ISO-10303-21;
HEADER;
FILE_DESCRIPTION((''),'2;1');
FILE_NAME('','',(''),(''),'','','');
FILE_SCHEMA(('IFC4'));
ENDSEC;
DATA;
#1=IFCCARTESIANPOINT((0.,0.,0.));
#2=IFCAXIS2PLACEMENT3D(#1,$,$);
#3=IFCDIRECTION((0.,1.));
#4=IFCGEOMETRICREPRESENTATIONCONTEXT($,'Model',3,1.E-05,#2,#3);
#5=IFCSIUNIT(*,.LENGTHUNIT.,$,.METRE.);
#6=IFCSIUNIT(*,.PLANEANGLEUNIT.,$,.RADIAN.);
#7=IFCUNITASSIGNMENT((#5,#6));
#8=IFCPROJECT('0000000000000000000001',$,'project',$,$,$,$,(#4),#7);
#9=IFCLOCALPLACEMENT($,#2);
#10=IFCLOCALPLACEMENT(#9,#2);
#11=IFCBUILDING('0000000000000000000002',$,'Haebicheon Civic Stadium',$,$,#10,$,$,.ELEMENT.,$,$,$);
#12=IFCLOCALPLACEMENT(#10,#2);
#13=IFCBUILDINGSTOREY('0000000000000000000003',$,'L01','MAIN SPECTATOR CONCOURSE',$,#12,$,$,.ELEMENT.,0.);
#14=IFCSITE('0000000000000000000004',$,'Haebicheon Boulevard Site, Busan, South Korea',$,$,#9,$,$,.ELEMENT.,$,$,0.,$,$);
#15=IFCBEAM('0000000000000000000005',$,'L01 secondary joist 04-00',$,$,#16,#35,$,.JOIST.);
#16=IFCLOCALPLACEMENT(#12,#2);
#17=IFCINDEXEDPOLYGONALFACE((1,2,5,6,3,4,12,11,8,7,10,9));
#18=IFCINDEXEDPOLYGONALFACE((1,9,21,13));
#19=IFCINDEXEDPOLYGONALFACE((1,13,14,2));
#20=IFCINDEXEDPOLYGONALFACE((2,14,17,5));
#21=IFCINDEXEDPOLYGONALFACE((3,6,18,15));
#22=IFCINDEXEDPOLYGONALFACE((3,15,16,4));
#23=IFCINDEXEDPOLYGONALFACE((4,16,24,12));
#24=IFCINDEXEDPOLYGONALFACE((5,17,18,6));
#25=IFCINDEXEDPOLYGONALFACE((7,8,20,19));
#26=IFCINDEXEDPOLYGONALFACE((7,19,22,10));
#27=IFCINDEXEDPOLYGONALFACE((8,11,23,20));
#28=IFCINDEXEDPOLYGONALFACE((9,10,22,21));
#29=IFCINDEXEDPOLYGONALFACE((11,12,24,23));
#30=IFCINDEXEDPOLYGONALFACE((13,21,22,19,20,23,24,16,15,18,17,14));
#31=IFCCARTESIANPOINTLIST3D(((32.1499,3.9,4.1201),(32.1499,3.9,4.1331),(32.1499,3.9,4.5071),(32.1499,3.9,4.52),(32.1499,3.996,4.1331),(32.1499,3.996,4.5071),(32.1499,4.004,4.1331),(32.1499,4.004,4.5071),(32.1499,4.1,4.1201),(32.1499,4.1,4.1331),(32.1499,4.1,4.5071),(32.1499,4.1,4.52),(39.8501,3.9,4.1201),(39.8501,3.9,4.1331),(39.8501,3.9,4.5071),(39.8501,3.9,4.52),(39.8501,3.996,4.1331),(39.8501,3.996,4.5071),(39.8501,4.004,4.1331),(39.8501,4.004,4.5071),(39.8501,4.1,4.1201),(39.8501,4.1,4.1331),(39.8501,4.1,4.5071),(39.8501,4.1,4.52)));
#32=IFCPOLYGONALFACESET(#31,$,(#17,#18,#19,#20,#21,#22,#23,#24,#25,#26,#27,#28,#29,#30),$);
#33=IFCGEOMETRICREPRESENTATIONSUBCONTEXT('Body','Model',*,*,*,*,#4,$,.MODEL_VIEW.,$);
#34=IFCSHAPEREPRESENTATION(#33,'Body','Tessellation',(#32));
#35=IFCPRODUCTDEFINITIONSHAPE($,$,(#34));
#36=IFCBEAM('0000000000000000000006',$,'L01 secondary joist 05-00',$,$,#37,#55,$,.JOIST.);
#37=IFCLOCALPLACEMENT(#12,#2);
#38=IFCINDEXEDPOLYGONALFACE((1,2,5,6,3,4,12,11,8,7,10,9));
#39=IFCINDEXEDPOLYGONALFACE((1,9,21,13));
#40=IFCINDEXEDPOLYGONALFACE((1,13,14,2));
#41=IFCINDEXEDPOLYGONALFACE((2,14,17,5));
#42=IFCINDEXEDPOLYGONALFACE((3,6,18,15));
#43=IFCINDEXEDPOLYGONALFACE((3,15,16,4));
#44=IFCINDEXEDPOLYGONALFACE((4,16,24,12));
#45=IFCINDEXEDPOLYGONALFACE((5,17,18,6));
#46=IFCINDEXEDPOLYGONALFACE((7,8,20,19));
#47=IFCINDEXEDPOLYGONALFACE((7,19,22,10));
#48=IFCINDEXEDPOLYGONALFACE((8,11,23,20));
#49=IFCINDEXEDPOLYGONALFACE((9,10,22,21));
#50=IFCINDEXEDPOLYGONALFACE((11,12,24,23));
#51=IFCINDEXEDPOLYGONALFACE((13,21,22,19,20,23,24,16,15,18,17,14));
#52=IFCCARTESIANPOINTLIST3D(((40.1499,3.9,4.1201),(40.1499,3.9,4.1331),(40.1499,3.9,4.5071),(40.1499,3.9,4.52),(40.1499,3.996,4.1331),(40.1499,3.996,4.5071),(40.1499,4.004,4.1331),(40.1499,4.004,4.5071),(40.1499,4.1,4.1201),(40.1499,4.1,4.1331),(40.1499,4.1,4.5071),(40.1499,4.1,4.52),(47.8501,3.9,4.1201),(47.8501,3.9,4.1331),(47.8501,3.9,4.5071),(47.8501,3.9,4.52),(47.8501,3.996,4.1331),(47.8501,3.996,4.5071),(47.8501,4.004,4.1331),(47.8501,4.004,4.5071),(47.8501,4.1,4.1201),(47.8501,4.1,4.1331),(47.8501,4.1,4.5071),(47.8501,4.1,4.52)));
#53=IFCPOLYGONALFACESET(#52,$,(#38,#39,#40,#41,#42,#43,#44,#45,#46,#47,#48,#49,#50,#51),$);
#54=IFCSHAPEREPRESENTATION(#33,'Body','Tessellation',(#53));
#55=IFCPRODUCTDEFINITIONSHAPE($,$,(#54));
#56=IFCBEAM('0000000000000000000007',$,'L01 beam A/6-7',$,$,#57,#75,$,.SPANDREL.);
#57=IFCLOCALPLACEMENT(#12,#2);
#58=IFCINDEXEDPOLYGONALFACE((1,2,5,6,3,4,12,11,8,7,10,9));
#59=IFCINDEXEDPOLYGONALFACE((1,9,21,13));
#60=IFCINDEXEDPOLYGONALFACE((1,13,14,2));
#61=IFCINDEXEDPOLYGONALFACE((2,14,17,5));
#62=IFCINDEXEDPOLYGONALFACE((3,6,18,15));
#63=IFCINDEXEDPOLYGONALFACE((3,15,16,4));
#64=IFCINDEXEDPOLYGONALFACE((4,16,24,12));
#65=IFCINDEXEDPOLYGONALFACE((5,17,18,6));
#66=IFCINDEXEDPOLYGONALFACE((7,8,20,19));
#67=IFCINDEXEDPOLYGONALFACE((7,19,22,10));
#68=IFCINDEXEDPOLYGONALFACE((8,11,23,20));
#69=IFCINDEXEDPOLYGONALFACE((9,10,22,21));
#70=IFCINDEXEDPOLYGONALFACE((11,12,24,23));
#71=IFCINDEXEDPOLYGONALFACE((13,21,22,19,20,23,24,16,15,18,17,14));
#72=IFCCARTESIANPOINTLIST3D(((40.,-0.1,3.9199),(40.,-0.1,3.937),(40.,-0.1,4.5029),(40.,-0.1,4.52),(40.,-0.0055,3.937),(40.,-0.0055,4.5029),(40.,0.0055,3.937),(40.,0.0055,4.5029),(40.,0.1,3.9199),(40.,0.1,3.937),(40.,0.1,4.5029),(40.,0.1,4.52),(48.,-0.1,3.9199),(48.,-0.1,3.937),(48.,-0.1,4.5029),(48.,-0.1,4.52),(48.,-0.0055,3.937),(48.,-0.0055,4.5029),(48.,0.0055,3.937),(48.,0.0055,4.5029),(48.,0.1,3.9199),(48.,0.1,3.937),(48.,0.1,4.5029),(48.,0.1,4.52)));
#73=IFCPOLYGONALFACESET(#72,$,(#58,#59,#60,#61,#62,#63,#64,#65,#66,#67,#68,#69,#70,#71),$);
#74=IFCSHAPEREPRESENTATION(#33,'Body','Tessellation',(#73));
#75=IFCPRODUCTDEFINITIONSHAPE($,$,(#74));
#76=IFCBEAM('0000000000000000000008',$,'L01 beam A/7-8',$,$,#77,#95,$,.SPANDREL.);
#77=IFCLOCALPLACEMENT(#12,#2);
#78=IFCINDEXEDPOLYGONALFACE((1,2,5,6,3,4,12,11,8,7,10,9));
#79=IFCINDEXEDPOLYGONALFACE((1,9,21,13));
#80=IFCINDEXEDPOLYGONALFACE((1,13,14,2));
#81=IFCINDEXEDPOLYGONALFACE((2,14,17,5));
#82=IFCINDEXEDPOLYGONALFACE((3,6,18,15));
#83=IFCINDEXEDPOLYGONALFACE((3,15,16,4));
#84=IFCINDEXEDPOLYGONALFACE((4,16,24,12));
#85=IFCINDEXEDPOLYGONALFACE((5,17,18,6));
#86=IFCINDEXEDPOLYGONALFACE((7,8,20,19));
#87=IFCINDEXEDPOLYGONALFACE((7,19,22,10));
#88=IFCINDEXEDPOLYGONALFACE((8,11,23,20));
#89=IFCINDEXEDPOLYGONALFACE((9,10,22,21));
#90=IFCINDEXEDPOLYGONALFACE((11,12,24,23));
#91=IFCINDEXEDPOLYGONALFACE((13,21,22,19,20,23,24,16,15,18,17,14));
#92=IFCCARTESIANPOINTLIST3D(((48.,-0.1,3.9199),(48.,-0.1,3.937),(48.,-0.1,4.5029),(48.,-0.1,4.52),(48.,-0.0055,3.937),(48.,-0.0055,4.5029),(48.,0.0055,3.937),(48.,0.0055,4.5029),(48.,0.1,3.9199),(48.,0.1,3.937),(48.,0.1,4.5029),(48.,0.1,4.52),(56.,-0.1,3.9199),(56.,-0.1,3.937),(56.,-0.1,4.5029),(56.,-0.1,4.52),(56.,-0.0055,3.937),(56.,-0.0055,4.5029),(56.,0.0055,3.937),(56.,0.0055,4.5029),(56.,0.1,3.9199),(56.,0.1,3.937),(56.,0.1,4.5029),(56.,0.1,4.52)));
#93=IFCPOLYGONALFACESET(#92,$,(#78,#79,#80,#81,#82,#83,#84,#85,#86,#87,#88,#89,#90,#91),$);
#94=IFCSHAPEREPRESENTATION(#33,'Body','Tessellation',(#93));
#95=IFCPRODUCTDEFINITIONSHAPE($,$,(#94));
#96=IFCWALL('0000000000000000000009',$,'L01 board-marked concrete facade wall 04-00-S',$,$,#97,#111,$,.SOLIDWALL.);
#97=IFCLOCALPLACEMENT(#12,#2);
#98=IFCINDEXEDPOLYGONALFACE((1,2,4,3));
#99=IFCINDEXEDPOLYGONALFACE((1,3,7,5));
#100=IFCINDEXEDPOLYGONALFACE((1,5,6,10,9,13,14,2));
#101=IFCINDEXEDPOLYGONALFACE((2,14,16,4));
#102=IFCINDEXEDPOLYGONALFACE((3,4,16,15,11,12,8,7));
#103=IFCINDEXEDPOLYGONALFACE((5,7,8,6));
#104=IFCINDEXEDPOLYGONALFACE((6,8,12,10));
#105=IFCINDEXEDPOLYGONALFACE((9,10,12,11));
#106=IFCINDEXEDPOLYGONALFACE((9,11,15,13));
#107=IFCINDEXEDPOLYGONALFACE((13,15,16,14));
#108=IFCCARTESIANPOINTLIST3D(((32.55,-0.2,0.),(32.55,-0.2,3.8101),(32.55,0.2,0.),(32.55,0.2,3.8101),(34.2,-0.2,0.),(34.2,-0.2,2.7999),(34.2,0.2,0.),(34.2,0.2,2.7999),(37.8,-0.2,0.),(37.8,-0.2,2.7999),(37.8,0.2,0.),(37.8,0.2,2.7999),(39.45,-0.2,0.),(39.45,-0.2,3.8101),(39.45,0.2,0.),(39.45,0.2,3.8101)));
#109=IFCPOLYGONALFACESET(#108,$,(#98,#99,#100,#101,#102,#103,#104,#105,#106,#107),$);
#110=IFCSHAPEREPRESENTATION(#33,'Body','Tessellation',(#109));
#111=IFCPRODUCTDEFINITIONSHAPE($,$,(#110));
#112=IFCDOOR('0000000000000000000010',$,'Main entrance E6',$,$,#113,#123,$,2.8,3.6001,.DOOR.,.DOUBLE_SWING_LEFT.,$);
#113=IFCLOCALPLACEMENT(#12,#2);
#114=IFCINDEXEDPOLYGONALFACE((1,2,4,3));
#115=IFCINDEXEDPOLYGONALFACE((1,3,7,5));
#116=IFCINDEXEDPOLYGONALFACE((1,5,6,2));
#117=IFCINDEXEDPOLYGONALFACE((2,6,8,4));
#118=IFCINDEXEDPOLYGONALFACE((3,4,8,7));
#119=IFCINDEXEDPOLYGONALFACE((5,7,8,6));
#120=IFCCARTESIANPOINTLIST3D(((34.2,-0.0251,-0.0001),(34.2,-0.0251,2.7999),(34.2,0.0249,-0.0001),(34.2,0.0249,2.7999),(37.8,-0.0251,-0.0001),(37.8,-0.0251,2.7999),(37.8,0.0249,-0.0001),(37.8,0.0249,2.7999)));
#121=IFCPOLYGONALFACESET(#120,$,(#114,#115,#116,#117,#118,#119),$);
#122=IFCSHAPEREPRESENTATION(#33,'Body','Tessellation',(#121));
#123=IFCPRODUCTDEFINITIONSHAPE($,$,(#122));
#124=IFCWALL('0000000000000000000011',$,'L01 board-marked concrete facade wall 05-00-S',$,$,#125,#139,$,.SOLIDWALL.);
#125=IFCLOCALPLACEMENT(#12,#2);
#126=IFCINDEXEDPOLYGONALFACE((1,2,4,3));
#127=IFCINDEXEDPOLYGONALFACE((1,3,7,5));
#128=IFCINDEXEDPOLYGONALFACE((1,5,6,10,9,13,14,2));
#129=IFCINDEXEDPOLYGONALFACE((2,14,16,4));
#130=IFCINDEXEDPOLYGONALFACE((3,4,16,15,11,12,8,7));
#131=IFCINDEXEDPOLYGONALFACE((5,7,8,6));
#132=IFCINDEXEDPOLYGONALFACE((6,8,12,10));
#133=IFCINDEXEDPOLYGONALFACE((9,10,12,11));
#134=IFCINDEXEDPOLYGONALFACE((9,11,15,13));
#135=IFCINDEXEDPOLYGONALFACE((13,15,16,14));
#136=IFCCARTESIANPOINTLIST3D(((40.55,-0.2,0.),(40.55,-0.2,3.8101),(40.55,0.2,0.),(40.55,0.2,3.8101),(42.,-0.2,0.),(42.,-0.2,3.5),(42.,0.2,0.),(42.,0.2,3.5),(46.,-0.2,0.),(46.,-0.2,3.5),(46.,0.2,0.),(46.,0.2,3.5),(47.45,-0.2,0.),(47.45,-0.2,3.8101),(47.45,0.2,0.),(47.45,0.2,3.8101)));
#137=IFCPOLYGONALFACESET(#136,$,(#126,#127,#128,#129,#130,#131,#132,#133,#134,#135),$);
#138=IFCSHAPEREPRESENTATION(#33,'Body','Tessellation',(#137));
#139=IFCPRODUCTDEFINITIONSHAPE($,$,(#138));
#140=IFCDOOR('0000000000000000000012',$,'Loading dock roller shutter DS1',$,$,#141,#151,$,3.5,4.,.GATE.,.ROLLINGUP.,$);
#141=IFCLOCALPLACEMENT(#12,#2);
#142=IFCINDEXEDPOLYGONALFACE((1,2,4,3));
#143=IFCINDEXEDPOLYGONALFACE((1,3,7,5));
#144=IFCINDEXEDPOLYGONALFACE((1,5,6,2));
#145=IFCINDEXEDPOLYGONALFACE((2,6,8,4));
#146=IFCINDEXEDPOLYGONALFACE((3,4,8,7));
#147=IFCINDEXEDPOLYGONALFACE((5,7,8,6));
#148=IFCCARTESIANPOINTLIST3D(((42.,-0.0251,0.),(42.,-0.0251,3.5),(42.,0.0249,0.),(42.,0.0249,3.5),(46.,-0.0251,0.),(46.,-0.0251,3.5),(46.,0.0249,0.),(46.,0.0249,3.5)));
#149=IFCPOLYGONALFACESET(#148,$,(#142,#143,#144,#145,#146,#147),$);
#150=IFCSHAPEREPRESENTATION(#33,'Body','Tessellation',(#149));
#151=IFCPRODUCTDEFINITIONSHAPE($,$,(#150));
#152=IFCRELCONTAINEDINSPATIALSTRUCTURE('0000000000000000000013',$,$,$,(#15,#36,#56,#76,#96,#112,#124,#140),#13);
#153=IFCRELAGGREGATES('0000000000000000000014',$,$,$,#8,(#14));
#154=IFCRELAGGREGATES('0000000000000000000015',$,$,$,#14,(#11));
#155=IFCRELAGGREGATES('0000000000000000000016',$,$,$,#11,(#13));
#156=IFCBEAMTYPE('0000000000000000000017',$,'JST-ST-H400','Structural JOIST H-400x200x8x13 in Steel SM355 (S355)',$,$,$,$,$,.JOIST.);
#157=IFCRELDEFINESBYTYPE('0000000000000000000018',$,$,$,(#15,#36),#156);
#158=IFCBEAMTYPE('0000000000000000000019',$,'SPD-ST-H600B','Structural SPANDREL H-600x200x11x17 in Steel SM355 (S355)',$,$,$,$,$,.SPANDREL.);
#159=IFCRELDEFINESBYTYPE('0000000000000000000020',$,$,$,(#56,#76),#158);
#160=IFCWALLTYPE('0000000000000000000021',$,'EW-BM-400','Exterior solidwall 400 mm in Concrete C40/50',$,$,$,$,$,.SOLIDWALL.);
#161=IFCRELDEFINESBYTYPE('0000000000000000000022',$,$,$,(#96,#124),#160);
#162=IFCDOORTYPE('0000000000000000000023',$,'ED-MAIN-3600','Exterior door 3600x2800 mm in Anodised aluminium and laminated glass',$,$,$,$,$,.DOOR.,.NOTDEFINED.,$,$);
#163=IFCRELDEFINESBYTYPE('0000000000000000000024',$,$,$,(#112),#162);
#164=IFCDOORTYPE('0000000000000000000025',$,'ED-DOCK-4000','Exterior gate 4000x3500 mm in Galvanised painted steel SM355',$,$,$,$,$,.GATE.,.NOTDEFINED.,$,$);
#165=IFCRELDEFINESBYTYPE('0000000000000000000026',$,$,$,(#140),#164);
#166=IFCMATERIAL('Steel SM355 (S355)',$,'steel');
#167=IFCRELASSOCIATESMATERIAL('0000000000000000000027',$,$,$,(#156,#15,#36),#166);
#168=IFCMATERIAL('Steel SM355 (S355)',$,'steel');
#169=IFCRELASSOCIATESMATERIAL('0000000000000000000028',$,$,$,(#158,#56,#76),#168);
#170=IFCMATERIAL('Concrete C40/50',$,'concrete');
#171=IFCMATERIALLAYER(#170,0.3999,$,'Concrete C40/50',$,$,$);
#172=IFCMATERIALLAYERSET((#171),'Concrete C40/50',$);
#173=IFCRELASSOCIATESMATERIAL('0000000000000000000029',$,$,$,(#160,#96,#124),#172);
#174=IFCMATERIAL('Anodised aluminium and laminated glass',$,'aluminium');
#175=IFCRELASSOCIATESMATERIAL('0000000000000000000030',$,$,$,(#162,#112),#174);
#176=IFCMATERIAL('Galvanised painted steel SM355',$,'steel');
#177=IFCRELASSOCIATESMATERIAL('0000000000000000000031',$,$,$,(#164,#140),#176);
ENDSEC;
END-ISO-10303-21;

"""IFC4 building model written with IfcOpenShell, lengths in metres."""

from ifc_helpers import new_model, si_unit, direction, frame, frame_2d, origin, origin_2d, place, context, subcontext, project, spatial, rectangle, i_section, extrude, material, layer, layer_set, material_profile, profile_set, type_object, element, fill, save


model = new_model("IFC4")

# Units and contexts
model_context = context("Model", 3, precision=1e-05, world=origin(), true_north=direction((0.0, 1.0)))
body_context = subcontext(model_context, "Body", "Model", "MODEL_VIEW")
ifc_project = project(units=[si_unit("LENGTHUNIT", "METRE"), si_unit("PLANEANGLEUNIT", "RADIAN")], contexts=[model_context])

# Site, building, storey
site_placement = place(None, origin())
site = spatial("IfcSite", under=ifc_project, at=site_placement, Name="Haebicheon Boulevard Site, Busan, South Korea", CompositionType="ELEMENT", RefElevation=0.0)
building_placement = place(site_placement, origin())
building = spatial("IfcBuilding", under=site, at=building_placement, Name="Haebicheon Civic Stadium", CompositionType="ELEMENT")
storey_placement = place(building_placement, origin())
storey = spatial("IfcBuildingStorey", under=building, at=storey_placement, Name="L01", Description="MAIN SPECTATOR CONCOURSE", CompositionType="ELEMENT", Elevation=0.0)

# Beams
ifc_material_1 = material(Name="Steel SM355 (S355)", Category="steel")
ifc_material_profile_1 = material_profile(ifc_material_1, i_section(OverallWidth=0.2, OverallDepth=0.3999, WebThickness=0.0081, FlangeThickness=0.0129, at=origin_2d()), Name="H-400x200x8x13")
ifc_profile_set_1 = profile_set([ifc_material_profile_1], Name="Steel SM355 (S355)")
beam_type_1 = type_object("IfcBeamType", Name="JST-ST-H400", Description="Structural JOIST H-400x200x8x13 in Steel SM355 (S355)", PredefinedType="JOIST", material=ifc_profile_set_1)
for number, where, z_axis, x_axis, name in (
    (1, (32.1499, 4.0, 4.3201), (1.0, 0.0, 0.0), (0.0, 1.0, 0.0), "L01 secondary joist 04-00"),
    (2, (40.1499, 4.0, 4.3201), (1.0, 0.0, 0.0), (0.0, 1.0, 0.0), "L01 secondary joist 05-00"),
):
    element("IfcBeam", number, at=place(storey_placement, frame(where, z_axis=z_axis, x_axis=x_axis)), inside=storey, type_object=beam_type_1, material=ifc_profile_set_1, Name=name, PredefinedType="JOIST", context=body_context, shape_type="SweptSolid", body=[
        extrude(i_section(OverallWidth=0.2, OverallDepth=0.3999, WebThickness=0.0081, FlangeThickness=0.0129, at=origin_2d()), origin(), (0.0, 0.0, 1.0), 7.7002),
    ])
ifc_material_2 = material(Name="Steel SM355 (S355)", Category="steel")
ifc_material_profile_2 = material_profile(ifc_material_2, i_section(OverallWidth=0.2, OverallDepth=0.6001, WebThickness=0.011, FlangeThickness=0.0171, at=origin_2d()), Name="H-600x200x11x17")
ifc_profile_set_2 = profile_set([ifc_material_profile_2], Name="Steel SM355 (S355)")
beam_type_2 = type_object("IfcBeamType", Name="SPD-ST-H600B", Description="Structural SPANDREL H-600x200x11x17 in Steel SM355 (S355)", PredefinedType="SPANDREL", material=ifc_profile_set_2)
for number, where, z_axis, x_axis, name in (
    (3, (40.0, 0.0, 4.22), (1.0, 0.0, 0.0), (0.0, 1.0, 0.0), "L01 beam A/6-7"),
    (4, (48.0, 0.0, 4.22), (1.0, 0.0, 0.0), (0.0, 1.0, 0.0), "L01 beam A/7-8"),
):
    element("IfcBeam", number, at=place(storey_placement, frame(where, z_axis=z_axis, x_axis=x_axis)), inside=storey, type_object=beam_type_2, material=ifc_profile_set_2, Name=name, PredefinedType="SPANDREL", context=body_context, shape_type="SweptSolid", body=[
        extrude(i_section(OverallWidth=0.2, OverallDepth=0.6001, WebThickness=0.011, FlangeThickness=0.0171, at=origin_2d()), origin(), (0.0, 0.0, 1.0), 8.0),
    ])

# Walls, openings, doors
ifc_material_3 = material(Name="Concrete C40/50", Category="concrete")
ifc_layer_1 = layer(ifc_material_3, 0.3999, Name="Concrete C40/50")
ifc_layer_set_1 = layer_set([ifc_layer_1], Name="Concrete C40/50")
wall_type_1 = type_object("IfcWallType", Name="EW-BM-400", Description="Exterior solidwall 400 mm in Concrete C40/50", PredefinedType="SOLIDWALL", material=ifc_layer_set_1)
wall_1_placement = place(storey_placement, frame((32.55, 0.0, 0.0), z_axis=(0.0, 0.0, 1.0), x_axis=(1.0, 0.0, 0.0)))
wall_1 = element("IfcWall", 5, at=wall_1_placement, inside=storey, type_object=wall_type_1, material=ifc_layer_set_1, Name="L01 board-marked concrete facade wall 04-00-S", PredefinedType="SOLIDWALL", context=body_context, shape_type="SweptSolid", body=[
    extrude(rectangle(XDim=6.8999, YDim=0.3999, at=frame_2d((3.45, 0.0))), origin(), (0.0, 0.0, 1.0), 3.8101),
])
opening_1_placement = place(wall_1_placement, frame((1.6499, 0.0, 0.0)))
opening_1 = element("IfcOpeningElement", 6, at=opening_1_placement, cuts=wall_1, PredefinedType="OPENING", context=body_context, shape_type="SweptSolid", body=[
    extrude(rectangle(XDim=3.6001, YDim=2.8, at=frame_2d((1.8, 1.3999))), frame((0.0, 0.21, 0.0), z_axis=(0.0, -1.0, 0.0), x_axis=(1.0, 0.0, 0.0)), (0.0, 0.0, 1.0), 0.4199),
])
ifc_material_4 = material(Name="Anodised aluminium and laminated glass", Category="aluminium")
door_type_1 = type_object("IfcDoorType", Name="ED-MAIN-3600", Description="Exterior door 3600x2800 mm in Anodised aluminium and laminated glass", OperationType="NOTDEFINED", PredefinedType="DOOR", material=ifc_material_4)
door_1_placement = place(opening_1_placement, origin())
door_1 = element("IfcDoor", 7, at=door_1_placement, inside=storey, type_object=door_type_1, material=ifc_material_4, Name="Main entrance E6", OperationType="DOUBLE_SWING_LEFT", OverallHeight=2.8, OverallWidth=3.6001, PredefinedType="DOOR", context=body_context, shape_type="SweptSolid", body=[
    extrude(rectangle(XDim=3.6001, YDim=2.8, at=frame_2d((1.8, 1.3999))), frame((0.0, 0.0249, 0.0), z_axis=(0.0, -1.0, 0.0), x_axis=(1.0, 0.0, 0.0)), (0.0, 0.0, 1.0), 0.05),
])
fill(opening_1, door_1)
wall_2_placement = place(storey_placement, frame((40.55, 0.0, 0.0), z_axis=(0.0, 0.0, 1.0), x_axis=(1.0, 0.0, 0.0)))
wall_2 = element("IfcWall", 8, at=wall_2_placement, inside=storey, type_object=wall_type_1, material=ifc_layer_set_1, Name="L01 board-marked concrete facade wall 05-00-S", PredefinedType="SOLIDWALL", context=body_context, shape_type="SweptSolid", body=[
    extrude(rectangle(XDim=6.8999, YDim=0.3999, at=frame_2d((3.45, 0.0))), origin(), (0.0, 0.0, 1.0), 3.8101),
])
opening_2_placement = place(wall_2_placement, frame((1.45, 0.0, 0.0)))
opening_2 = element("IfcOpeningElement", 9, at=opening_2_placement, cuts=wall_2, PredefinedType="OPENING", context=body_context, shape_type="SweptSolid", body=[
    extrude(rectangle(XDim=4.0, YDim=3.5, at=frame_2d((2.0, 1.75))), frame((0.0, 0.21, 0.0), z_axis=(0.0, -1.0, 0.0), x_axis=(1.0, 0.0, 0.0)), (0.0, 0.0, 1.0), 0.4199),
])
ifc_material_5 = material(Name="Galvanised painted steel SM355", Category="steel")
door_type_2 = type_object("IfcDoorType", Name="ED-DOCK-4000", Description="Exterior gate 4000x3500 mm in Galvanised painted steel SM355", OperationType="NOTDEFINED", PredefinedType="GATE", material=ifc_material_5)
door_2_placement = place(opening_2_placement, origin())
door_2 = element("IfcDoor", 10, at=door_2_placement, inside=storey, type_object=door_type_2, material=ifc_material_5, Name="Loading dock roller shutter DS1", OperationType="ROLLINGUP", OverallHeight=3.5, OverallWidth=4.0, PredefinedType="GATE", context=body_context, shape_type="SweptSolid", body=[
    extrude(rectangle(XDim=4.0, YDim=3.5, at=frame_2d((2.0, 1.75))), frame((0.0, 0.0249, 0.0), z_axis=(0.0, -1.0, 0.0), x_axis=(1.0, 0.0, 0.0)), (0.0, 0.0, 1.0), 0.05),
])
fill(opening_2, door_2)

save(model, "model.ifc")
